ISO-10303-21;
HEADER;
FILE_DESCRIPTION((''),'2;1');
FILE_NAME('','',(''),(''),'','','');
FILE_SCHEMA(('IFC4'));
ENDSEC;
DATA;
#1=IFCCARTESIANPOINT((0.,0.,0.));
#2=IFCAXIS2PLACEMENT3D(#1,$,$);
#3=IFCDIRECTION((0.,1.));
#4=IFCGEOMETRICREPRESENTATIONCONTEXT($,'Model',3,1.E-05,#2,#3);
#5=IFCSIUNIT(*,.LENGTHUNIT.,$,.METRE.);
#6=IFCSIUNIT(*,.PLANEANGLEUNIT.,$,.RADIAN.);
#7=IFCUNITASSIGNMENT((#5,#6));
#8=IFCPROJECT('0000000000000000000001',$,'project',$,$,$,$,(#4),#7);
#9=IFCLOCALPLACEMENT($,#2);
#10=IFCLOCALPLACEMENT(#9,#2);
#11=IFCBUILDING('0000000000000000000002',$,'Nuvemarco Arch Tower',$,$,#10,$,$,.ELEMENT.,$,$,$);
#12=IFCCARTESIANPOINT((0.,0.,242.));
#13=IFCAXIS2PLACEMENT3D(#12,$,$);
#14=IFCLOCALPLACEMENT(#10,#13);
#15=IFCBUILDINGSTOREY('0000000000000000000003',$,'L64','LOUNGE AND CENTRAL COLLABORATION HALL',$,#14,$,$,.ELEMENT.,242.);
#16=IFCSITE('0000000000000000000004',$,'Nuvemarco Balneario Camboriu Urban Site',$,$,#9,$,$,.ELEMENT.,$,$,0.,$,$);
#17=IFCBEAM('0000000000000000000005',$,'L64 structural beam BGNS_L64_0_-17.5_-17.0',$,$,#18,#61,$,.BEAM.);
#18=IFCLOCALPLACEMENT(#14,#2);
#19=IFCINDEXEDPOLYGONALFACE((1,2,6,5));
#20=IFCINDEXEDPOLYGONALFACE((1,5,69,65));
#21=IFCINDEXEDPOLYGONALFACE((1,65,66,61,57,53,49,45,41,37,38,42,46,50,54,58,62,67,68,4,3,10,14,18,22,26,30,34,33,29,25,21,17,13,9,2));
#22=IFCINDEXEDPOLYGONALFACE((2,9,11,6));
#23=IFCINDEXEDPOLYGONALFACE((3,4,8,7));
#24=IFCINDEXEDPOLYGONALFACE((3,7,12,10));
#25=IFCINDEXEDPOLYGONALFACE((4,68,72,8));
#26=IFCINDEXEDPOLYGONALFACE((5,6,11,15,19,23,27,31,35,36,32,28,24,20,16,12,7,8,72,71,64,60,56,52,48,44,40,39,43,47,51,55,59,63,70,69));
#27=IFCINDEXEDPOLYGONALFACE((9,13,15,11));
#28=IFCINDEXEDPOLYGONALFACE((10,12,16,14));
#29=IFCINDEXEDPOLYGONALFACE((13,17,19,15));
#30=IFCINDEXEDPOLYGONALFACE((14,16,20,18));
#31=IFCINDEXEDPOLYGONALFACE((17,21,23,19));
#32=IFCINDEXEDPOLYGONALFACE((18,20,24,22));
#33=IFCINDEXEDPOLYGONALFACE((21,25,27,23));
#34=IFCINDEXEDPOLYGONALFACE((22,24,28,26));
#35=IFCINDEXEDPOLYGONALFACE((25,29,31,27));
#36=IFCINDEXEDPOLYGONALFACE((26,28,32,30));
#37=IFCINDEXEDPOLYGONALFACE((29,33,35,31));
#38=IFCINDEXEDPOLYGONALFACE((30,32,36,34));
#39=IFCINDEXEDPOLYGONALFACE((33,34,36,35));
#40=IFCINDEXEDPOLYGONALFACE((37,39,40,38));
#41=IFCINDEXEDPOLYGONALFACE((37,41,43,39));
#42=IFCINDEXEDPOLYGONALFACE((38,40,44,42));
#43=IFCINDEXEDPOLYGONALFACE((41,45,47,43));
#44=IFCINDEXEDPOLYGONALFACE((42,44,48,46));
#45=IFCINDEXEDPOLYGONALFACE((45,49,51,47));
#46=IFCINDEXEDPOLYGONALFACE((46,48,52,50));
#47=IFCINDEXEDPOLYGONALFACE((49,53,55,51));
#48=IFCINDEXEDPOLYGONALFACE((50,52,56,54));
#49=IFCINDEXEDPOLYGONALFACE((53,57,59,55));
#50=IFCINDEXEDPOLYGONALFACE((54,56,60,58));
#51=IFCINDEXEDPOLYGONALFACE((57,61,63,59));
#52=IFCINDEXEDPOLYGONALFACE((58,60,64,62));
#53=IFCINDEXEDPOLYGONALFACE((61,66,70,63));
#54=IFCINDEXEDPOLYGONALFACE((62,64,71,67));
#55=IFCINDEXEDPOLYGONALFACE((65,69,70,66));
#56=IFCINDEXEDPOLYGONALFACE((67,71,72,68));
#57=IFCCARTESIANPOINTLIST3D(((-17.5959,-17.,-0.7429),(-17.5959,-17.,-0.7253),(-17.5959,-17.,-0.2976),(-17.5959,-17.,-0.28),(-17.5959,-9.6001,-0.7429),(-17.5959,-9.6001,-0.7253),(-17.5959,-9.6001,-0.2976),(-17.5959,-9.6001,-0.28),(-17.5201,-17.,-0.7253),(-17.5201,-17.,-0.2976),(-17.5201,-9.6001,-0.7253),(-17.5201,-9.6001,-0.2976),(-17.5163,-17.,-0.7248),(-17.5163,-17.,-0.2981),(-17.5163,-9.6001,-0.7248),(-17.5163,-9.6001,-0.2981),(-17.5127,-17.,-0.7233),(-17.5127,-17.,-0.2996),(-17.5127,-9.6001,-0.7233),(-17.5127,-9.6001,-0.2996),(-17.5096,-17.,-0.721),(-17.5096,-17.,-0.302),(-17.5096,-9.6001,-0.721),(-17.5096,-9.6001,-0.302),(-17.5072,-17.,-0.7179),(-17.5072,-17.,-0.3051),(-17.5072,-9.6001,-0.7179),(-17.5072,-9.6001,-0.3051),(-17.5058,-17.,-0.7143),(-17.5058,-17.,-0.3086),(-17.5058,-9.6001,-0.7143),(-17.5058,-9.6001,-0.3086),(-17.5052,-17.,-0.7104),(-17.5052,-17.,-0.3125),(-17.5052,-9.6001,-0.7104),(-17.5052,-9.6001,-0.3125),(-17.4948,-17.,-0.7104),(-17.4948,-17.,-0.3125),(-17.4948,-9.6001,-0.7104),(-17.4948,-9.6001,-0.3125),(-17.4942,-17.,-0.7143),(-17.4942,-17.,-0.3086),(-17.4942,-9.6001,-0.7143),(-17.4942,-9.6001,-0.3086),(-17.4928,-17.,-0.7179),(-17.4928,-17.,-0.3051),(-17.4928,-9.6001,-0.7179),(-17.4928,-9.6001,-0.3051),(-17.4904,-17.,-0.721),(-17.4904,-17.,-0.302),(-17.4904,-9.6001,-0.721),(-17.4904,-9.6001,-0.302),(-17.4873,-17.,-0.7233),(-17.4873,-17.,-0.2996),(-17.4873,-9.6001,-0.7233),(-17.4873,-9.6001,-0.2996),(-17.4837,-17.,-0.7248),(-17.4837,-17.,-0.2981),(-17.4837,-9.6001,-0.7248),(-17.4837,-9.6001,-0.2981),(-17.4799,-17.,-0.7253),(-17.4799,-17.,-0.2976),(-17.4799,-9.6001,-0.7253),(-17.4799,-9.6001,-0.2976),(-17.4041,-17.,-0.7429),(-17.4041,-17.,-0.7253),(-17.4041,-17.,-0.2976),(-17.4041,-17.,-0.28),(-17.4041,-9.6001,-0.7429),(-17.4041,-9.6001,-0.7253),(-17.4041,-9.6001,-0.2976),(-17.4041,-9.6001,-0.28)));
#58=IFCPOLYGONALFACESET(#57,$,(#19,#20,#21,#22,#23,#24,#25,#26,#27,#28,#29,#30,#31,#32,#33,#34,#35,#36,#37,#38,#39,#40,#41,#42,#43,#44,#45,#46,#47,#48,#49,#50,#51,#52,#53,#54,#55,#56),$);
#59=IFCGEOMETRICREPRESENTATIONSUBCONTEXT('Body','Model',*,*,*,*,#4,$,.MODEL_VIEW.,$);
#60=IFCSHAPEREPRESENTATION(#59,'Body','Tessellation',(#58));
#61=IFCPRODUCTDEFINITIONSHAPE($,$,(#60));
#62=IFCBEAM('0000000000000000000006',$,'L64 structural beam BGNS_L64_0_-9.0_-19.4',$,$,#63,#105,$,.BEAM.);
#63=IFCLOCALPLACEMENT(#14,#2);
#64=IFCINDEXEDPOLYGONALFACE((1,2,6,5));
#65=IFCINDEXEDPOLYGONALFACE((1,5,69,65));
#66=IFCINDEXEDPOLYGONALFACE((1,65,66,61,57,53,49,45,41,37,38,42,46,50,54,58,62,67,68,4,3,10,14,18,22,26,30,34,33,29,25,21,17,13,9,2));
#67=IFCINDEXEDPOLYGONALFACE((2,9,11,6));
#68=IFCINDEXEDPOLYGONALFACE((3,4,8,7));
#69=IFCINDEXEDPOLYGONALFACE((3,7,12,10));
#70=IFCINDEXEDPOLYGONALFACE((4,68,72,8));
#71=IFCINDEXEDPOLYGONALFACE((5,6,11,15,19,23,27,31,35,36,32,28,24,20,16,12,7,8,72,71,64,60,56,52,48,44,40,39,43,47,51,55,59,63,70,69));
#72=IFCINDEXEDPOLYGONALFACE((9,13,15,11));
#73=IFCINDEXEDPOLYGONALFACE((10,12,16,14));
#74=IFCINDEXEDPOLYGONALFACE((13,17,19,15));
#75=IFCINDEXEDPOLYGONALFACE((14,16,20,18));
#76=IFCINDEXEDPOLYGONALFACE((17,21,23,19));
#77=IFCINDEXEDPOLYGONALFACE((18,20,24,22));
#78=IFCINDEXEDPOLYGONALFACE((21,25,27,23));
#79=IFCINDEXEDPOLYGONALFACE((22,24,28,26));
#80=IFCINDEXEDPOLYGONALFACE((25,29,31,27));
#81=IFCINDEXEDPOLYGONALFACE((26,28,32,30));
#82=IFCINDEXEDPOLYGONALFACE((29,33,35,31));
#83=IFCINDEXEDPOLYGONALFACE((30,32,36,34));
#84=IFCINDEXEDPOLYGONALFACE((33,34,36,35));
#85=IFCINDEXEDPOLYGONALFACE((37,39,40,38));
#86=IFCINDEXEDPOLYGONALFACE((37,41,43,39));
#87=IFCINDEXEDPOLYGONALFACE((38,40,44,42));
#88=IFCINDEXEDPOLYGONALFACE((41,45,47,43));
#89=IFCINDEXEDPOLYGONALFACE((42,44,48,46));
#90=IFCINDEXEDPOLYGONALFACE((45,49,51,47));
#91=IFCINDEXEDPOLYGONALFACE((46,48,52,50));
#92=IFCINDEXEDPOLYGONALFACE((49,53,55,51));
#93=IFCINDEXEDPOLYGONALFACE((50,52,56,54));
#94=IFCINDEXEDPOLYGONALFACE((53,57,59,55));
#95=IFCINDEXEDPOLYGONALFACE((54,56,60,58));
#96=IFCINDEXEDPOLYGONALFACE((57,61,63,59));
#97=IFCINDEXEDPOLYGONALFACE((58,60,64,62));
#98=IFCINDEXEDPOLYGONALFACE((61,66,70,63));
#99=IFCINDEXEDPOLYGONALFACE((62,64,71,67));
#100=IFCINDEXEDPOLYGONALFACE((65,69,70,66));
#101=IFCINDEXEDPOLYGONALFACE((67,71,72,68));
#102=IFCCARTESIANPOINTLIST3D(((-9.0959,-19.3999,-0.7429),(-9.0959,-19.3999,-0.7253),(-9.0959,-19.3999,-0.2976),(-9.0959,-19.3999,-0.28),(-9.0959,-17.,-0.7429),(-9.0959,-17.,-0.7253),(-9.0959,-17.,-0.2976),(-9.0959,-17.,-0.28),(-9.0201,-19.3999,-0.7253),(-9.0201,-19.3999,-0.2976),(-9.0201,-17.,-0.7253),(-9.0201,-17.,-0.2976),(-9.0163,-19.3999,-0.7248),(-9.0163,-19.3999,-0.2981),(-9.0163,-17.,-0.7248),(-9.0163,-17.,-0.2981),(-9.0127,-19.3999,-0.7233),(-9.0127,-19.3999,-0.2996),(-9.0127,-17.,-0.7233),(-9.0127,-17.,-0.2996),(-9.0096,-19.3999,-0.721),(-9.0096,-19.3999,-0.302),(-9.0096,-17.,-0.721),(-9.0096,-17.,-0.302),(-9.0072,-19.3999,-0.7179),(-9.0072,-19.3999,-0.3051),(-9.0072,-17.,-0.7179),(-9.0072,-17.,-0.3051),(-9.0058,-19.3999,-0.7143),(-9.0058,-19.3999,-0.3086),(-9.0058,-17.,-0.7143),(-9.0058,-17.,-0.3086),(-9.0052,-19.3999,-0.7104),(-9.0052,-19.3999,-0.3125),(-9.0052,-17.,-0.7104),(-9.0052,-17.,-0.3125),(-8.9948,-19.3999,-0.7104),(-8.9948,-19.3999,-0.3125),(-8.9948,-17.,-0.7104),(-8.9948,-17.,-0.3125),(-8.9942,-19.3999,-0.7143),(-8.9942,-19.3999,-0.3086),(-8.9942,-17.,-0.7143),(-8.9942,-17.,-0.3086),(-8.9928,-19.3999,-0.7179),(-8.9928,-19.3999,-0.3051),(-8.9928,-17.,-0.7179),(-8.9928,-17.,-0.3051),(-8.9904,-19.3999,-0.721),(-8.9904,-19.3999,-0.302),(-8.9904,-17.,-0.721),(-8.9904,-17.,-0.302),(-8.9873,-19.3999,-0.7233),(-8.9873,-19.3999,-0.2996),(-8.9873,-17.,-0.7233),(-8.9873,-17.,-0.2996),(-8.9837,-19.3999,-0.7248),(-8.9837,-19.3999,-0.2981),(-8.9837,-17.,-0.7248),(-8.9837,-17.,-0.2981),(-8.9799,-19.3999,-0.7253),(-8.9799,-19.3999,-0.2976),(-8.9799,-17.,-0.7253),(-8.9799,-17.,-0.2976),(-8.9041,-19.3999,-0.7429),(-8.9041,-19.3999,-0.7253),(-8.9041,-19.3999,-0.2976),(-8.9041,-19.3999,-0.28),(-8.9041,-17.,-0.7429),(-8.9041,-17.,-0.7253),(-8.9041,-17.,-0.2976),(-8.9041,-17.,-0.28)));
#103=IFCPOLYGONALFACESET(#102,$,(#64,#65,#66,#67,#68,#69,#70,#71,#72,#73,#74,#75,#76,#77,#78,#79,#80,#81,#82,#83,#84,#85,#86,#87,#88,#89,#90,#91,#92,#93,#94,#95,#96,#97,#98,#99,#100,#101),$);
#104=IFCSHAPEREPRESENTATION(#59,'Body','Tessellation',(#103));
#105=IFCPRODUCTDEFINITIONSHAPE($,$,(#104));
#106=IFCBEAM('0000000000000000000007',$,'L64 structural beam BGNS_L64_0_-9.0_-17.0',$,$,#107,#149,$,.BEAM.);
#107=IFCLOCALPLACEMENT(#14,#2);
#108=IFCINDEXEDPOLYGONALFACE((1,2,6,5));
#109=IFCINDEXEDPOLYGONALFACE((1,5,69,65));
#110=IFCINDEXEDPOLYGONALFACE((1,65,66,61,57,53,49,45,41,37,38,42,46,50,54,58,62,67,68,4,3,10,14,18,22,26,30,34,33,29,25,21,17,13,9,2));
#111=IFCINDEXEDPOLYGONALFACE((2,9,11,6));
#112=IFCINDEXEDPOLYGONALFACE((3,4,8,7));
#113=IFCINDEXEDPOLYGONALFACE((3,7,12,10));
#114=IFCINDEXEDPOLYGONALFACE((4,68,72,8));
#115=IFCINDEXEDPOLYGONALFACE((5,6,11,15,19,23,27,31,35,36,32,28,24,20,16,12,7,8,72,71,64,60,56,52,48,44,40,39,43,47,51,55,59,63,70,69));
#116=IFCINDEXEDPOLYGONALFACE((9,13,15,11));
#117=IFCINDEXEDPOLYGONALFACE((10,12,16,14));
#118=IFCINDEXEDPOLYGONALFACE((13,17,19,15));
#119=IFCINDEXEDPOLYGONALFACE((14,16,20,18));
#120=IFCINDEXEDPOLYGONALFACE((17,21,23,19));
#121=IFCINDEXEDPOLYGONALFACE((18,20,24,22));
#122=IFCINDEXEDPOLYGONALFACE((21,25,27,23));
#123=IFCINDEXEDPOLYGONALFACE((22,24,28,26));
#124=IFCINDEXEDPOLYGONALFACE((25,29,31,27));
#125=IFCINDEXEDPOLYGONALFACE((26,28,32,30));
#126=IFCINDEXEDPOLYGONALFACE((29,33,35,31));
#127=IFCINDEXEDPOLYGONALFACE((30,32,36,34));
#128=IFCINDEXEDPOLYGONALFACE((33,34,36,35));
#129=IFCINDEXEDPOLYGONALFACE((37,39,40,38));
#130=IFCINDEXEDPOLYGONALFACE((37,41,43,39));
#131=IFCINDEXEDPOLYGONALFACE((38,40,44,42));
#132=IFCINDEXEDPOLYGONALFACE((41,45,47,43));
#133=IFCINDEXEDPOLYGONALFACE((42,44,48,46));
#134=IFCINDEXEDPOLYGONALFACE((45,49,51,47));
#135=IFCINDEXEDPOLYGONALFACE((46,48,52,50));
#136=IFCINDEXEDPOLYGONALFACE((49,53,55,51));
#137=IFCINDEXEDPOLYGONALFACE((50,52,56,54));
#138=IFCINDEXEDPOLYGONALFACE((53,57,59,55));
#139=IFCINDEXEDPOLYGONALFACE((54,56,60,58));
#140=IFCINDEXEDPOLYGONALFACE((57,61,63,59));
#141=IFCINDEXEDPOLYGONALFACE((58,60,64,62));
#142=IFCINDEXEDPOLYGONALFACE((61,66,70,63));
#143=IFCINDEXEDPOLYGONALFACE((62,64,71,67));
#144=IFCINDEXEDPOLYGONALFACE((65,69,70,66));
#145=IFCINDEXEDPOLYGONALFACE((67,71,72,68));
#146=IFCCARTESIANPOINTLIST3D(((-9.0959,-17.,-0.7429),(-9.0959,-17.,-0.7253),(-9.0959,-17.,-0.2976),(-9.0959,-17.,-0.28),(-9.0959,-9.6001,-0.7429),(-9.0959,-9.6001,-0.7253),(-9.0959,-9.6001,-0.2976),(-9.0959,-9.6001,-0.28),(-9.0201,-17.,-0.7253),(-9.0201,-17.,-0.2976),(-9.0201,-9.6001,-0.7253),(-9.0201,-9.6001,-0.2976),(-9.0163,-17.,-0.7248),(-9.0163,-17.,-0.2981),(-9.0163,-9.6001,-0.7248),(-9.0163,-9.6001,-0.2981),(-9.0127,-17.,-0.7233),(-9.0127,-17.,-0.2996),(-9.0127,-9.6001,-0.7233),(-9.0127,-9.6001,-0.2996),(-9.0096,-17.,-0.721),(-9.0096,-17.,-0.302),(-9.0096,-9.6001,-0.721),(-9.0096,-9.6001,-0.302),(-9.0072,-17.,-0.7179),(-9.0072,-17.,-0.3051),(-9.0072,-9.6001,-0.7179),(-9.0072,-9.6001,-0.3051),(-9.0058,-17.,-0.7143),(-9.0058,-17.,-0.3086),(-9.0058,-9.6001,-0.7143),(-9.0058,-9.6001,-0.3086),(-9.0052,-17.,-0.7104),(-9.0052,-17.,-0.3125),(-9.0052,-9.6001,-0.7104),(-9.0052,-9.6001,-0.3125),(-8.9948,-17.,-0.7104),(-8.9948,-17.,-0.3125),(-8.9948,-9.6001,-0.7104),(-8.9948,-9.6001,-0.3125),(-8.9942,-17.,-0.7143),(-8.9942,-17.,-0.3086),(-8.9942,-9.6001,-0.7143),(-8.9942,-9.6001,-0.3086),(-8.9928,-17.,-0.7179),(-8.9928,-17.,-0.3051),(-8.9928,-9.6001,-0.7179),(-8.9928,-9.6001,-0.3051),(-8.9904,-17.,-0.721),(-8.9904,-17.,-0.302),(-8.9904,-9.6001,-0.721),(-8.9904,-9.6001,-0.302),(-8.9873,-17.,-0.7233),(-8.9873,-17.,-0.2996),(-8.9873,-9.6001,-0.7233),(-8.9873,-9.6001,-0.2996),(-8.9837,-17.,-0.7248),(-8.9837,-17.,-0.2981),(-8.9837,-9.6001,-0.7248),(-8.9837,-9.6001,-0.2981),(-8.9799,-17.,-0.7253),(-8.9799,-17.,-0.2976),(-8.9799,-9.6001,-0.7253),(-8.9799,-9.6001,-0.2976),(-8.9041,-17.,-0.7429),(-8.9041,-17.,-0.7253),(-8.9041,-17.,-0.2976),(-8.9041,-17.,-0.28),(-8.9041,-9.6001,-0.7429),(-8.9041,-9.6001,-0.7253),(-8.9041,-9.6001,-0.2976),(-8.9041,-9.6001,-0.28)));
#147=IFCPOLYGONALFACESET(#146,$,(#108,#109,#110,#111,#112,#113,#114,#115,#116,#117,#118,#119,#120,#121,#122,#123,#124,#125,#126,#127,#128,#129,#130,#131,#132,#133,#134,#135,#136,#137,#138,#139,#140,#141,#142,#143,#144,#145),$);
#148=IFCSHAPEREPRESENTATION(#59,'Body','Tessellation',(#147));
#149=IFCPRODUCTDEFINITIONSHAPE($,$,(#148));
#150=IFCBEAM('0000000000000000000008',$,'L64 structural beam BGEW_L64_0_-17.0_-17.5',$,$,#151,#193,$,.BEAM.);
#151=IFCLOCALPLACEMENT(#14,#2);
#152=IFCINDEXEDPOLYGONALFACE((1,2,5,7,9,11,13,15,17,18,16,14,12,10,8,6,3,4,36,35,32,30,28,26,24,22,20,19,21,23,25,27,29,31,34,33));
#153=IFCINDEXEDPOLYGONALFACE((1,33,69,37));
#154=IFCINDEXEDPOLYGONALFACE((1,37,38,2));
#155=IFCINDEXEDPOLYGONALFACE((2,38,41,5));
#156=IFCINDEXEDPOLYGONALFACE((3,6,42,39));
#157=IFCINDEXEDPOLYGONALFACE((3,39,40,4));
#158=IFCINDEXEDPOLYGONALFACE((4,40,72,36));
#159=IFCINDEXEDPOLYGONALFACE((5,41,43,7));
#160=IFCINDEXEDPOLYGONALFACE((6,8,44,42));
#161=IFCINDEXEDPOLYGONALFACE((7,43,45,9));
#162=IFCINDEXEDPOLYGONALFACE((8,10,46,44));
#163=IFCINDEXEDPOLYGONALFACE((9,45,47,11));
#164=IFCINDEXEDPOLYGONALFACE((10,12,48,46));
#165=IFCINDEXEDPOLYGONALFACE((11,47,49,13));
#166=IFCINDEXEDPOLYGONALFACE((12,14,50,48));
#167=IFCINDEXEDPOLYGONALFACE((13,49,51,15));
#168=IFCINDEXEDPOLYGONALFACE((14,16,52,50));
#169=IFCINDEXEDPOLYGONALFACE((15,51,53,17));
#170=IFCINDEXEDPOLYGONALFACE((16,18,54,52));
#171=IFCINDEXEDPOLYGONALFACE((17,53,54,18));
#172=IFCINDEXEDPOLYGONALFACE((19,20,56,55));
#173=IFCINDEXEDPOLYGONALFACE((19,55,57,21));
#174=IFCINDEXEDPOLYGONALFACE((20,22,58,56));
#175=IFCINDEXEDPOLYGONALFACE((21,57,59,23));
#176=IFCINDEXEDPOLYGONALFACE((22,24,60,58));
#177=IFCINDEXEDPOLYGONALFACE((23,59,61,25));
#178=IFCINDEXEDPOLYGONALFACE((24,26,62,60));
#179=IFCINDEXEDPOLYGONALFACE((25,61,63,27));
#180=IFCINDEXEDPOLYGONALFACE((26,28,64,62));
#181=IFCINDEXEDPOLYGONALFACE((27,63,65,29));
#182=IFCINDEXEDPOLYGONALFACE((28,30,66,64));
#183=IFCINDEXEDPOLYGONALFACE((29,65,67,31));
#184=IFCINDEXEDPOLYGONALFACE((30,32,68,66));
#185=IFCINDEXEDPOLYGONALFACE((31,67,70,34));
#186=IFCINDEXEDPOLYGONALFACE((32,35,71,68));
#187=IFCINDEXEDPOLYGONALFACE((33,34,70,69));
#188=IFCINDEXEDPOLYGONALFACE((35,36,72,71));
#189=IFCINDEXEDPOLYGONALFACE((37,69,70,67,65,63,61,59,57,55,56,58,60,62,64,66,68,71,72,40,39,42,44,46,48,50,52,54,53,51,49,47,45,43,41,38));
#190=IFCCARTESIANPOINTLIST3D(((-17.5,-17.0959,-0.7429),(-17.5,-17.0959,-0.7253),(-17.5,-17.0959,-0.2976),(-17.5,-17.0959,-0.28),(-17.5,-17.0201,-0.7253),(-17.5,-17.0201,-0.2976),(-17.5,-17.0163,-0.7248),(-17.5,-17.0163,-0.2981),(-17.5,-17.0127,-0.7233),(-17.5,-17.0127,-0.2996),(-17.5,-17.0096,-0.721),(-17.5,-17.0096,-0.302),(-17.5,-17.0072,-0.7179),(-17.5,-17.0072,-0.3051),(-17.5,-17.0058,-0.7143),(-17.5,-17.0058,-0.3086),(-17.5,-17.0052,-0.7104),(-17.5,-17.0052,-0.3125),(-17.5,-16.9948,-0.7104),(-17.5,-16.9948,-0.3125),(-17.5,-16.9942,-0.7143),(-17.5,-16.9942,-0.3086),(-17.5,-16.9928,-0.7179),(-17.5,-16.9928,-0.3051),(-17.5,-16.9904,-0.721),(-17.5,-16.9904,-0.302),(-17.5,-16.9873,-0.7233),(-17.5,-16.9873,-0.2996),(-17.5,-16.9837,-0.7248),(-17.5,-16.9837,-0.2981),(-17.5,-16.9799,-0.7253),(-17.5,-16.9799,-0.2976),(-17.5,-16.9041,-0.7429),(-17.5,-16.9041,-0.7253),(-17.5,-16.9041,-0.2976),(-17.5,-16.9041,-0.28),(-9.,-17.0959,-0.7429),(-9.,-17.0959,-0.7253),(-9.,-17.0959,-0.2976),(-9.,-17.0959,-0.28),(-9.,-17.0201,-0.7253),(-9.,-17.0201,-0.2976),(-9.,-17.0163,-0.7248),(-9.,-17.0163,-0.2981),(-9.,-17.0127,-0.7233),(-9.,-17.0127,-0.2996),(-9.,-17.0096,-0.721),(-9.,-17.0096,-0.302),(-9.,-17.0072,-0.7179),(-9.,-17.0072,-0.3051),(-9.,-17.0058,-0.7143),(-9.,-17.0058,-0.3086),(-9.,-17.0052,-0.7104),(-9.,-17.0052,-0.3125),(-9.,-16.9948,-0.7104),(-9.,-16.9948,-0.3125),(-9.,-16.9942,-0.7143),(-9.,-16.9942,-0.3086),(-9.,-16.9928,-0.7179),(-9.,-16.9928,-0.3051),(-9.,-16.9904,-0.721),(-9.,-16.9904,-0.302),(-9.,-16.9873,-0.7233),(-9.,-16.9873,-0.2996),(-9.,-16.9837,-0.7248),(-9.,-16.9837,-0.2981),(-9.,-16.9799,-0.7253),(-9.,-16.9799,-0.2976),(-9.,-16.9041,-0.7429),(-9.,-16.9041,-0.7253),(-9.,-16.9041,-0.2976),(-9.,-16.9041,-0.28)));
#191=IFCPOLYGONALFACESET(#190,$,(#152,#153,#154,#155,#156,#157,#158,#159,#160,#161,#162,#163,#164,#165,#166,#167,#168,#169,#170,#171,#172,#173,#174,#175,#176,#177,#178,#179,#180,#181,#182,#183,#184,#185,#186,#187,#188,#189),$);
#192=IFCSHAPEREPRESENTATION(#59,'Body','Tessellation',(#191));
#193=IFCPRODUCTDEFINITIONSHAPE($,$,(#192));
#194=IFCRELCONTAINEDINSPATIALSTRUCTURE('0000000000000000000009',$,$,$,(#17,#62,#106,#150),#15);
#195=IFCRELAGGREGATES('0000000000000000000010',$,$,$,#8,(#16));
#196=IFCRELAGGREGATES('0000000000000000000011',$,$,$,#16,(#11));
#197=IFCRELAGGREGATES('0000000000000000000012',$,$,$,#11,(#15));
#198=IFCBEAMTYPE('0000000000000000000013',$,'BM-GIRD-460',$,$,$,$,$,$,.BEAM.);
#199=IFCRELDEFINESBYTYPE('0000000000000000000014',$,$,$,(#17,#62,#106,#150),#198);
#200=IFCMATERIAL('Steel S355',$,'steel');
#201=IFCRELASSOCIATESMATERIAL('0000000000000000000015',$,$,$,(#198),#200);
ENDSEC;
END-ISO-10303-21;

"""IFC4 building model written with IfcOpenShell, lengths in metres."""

from ifc_helpers import new_model, si_unit, direction, frame, origin, origin_2d, place, context, subcontext, project, spatial, i_section, extrude, material, material_profile, profile_set, type_object, element, save


model = new_model("IFC4")

# Units and contexts
model_context = context("Model", 3, precision=1e-05, world=origin(), true_north=direction((0.0, 1.0)))
body_context = subcontext(model_context, "Body", "Model", "MODEL_VIEW")
ifc_project = project(units=[si_unit("LENGTHUNIT", "METRE"), si_unit("PLANEANGLEUNIT", "RADIAN")], contexts=[model_context])

# Site, building, storey
site_placement = place(None, origin())
site = spatial("IfcSite", under=ifc_project, at=site_placement, Name="Nuvemarco Balneario Camboriu Urban Site", CompositionType="ELEMENT", RefElevation=0.0)
building_placement = place(site_placement, origin())
building = spatial("IfcBuilding", under=site, at=building_placement, Name="Nuvemarco Arch Tower", CompositionType="ELEMENT")
storey_placement = place(building_placement, frame((0.0, 0.0, 242.0)))
storey = spatial("IfcBuildingStorey", under=building, at=storey_placement, Name="L64", Description="LOUNGE AND CENTRAL COLLABORATION HALL", CompositionType="ELEMENT", Elevation=242.0)

# Shared definitions
ifc_material_1 = material(Name="Steel S355", Category="steel")

# Beams
ifc_material_profile_1 = material_profile(ifc_material_1, i_section(OverallWidth=0.1919, OverallDepth=0.4629, WebThickness=0.0105, FlangeThickness=0.0176, FilletRadius=0.0149, at=origin_2d()), Name="W460x89")
ifc_profile_set_1 = profile_set([ifc_material_profile_1], Name="Steel S355")
beam_type_1 = type_object("IfcBeamType", Name="BM-GIRD-460", PredefinedType="BEAM", material=ifc_profile_set_1)
beam_1_placement = place(storey_placement, frame((-17.5, -17.0, -0.5115), z_axis=(0.0, 1.0, 0.0), x_axis=(-1.0, 0.0, 0.0)))
element("IfcBeam", 1, at=beam_1_placement, inside=storey, type_object=beam_type_1, Name="L64 structural beam BGNS_L64_0_-17.5_-17.0", PredefinedType="BEAM", context=body_context, shape_type="SweptSolid", body=[
    extrude(i_section(OverallWidth=0.1919, OverallDepth=0.4629, WebThickness=0.0105, FlangeThickness=0.0176, FilletRadius=0.0149, at=origin_2d()), origin(), (0.0, 0.0, 1.0), 7.3999),
])
beam_2_placement = place(storey_placement, frame((-9.0, -19.3999, -0.5115), z_axis=(0.0, 1.0, 0.0), x_axis=(-1.0, 0.0, 0.0)))
element("IfcBeam", 2, at=beam_2_placement, inside=storey, type_object=beam_type_1, Name="L64 structural beam BGNS_L64_0_-9.0_-19.4", PredefinedType="BEAM", context=body_context, shape_type="SweptSolid", body=[
    extrude(i_section(OverallWidth=0.1919, OverallDepth=0.4629, WebThickness=0.0105, FlangeThickness=0.0176, FilletRadius=0.0149, at=origin_2d()), origin(), (0.0, 0.0, 1.0), 2.3999),
])
beam_3_placement = place(storey_placement, frame((-9.0, -17.0, -0.5115), z_axis=(0.0, 1.0, 0.0), x_axis=(-1.0, 0.0, 0.0)))
element("IfcBeam", 3, at=beam_3_placement, inside=storey, type_object=beam_type_1, Name="L64 structural beam BGNS_L64_0_-9.0_-17.0", PredefinedType="BEAM", context=body_context, shape_type="SweptSolid", body=[
    extrude(i_section(OverallWidth=0.1919, OverallDepth=0.4629, WebThickness=0.0105, FlangeThickness=0.0176, FilletRadius=0.0149, at=origin_2d()), origin(), (0.0, 0.0, 1.0), 7.3999),
])
beam_4_placement = place(storey_placement, frame((-17.5, -17.0, -0.5115), z_axis=(1.0, 0.0, 0.0), x_axis=(0.0, 1.0, 0.0)))
element("IfcBeam", 4, at=beam_4_placement, inside=storey, type_object=beam_type_1, Name="L64 structural beam BGEW_L64_0_-17.0_-17.5", PredefinedType="BEAM", context=body_context, shape_type="SweptSolid", body=[
    extrude(i_section(OverallWidth=0.1919, OverallDepth=0.4629, WebThickness=0.0105, FlangeThickness=0.0176, FilletRadius=0.0149, at=origin_2d()), origin(), (0.0, 0.0, 1.0), 8.5),
])

save(model, "model.ifc")
